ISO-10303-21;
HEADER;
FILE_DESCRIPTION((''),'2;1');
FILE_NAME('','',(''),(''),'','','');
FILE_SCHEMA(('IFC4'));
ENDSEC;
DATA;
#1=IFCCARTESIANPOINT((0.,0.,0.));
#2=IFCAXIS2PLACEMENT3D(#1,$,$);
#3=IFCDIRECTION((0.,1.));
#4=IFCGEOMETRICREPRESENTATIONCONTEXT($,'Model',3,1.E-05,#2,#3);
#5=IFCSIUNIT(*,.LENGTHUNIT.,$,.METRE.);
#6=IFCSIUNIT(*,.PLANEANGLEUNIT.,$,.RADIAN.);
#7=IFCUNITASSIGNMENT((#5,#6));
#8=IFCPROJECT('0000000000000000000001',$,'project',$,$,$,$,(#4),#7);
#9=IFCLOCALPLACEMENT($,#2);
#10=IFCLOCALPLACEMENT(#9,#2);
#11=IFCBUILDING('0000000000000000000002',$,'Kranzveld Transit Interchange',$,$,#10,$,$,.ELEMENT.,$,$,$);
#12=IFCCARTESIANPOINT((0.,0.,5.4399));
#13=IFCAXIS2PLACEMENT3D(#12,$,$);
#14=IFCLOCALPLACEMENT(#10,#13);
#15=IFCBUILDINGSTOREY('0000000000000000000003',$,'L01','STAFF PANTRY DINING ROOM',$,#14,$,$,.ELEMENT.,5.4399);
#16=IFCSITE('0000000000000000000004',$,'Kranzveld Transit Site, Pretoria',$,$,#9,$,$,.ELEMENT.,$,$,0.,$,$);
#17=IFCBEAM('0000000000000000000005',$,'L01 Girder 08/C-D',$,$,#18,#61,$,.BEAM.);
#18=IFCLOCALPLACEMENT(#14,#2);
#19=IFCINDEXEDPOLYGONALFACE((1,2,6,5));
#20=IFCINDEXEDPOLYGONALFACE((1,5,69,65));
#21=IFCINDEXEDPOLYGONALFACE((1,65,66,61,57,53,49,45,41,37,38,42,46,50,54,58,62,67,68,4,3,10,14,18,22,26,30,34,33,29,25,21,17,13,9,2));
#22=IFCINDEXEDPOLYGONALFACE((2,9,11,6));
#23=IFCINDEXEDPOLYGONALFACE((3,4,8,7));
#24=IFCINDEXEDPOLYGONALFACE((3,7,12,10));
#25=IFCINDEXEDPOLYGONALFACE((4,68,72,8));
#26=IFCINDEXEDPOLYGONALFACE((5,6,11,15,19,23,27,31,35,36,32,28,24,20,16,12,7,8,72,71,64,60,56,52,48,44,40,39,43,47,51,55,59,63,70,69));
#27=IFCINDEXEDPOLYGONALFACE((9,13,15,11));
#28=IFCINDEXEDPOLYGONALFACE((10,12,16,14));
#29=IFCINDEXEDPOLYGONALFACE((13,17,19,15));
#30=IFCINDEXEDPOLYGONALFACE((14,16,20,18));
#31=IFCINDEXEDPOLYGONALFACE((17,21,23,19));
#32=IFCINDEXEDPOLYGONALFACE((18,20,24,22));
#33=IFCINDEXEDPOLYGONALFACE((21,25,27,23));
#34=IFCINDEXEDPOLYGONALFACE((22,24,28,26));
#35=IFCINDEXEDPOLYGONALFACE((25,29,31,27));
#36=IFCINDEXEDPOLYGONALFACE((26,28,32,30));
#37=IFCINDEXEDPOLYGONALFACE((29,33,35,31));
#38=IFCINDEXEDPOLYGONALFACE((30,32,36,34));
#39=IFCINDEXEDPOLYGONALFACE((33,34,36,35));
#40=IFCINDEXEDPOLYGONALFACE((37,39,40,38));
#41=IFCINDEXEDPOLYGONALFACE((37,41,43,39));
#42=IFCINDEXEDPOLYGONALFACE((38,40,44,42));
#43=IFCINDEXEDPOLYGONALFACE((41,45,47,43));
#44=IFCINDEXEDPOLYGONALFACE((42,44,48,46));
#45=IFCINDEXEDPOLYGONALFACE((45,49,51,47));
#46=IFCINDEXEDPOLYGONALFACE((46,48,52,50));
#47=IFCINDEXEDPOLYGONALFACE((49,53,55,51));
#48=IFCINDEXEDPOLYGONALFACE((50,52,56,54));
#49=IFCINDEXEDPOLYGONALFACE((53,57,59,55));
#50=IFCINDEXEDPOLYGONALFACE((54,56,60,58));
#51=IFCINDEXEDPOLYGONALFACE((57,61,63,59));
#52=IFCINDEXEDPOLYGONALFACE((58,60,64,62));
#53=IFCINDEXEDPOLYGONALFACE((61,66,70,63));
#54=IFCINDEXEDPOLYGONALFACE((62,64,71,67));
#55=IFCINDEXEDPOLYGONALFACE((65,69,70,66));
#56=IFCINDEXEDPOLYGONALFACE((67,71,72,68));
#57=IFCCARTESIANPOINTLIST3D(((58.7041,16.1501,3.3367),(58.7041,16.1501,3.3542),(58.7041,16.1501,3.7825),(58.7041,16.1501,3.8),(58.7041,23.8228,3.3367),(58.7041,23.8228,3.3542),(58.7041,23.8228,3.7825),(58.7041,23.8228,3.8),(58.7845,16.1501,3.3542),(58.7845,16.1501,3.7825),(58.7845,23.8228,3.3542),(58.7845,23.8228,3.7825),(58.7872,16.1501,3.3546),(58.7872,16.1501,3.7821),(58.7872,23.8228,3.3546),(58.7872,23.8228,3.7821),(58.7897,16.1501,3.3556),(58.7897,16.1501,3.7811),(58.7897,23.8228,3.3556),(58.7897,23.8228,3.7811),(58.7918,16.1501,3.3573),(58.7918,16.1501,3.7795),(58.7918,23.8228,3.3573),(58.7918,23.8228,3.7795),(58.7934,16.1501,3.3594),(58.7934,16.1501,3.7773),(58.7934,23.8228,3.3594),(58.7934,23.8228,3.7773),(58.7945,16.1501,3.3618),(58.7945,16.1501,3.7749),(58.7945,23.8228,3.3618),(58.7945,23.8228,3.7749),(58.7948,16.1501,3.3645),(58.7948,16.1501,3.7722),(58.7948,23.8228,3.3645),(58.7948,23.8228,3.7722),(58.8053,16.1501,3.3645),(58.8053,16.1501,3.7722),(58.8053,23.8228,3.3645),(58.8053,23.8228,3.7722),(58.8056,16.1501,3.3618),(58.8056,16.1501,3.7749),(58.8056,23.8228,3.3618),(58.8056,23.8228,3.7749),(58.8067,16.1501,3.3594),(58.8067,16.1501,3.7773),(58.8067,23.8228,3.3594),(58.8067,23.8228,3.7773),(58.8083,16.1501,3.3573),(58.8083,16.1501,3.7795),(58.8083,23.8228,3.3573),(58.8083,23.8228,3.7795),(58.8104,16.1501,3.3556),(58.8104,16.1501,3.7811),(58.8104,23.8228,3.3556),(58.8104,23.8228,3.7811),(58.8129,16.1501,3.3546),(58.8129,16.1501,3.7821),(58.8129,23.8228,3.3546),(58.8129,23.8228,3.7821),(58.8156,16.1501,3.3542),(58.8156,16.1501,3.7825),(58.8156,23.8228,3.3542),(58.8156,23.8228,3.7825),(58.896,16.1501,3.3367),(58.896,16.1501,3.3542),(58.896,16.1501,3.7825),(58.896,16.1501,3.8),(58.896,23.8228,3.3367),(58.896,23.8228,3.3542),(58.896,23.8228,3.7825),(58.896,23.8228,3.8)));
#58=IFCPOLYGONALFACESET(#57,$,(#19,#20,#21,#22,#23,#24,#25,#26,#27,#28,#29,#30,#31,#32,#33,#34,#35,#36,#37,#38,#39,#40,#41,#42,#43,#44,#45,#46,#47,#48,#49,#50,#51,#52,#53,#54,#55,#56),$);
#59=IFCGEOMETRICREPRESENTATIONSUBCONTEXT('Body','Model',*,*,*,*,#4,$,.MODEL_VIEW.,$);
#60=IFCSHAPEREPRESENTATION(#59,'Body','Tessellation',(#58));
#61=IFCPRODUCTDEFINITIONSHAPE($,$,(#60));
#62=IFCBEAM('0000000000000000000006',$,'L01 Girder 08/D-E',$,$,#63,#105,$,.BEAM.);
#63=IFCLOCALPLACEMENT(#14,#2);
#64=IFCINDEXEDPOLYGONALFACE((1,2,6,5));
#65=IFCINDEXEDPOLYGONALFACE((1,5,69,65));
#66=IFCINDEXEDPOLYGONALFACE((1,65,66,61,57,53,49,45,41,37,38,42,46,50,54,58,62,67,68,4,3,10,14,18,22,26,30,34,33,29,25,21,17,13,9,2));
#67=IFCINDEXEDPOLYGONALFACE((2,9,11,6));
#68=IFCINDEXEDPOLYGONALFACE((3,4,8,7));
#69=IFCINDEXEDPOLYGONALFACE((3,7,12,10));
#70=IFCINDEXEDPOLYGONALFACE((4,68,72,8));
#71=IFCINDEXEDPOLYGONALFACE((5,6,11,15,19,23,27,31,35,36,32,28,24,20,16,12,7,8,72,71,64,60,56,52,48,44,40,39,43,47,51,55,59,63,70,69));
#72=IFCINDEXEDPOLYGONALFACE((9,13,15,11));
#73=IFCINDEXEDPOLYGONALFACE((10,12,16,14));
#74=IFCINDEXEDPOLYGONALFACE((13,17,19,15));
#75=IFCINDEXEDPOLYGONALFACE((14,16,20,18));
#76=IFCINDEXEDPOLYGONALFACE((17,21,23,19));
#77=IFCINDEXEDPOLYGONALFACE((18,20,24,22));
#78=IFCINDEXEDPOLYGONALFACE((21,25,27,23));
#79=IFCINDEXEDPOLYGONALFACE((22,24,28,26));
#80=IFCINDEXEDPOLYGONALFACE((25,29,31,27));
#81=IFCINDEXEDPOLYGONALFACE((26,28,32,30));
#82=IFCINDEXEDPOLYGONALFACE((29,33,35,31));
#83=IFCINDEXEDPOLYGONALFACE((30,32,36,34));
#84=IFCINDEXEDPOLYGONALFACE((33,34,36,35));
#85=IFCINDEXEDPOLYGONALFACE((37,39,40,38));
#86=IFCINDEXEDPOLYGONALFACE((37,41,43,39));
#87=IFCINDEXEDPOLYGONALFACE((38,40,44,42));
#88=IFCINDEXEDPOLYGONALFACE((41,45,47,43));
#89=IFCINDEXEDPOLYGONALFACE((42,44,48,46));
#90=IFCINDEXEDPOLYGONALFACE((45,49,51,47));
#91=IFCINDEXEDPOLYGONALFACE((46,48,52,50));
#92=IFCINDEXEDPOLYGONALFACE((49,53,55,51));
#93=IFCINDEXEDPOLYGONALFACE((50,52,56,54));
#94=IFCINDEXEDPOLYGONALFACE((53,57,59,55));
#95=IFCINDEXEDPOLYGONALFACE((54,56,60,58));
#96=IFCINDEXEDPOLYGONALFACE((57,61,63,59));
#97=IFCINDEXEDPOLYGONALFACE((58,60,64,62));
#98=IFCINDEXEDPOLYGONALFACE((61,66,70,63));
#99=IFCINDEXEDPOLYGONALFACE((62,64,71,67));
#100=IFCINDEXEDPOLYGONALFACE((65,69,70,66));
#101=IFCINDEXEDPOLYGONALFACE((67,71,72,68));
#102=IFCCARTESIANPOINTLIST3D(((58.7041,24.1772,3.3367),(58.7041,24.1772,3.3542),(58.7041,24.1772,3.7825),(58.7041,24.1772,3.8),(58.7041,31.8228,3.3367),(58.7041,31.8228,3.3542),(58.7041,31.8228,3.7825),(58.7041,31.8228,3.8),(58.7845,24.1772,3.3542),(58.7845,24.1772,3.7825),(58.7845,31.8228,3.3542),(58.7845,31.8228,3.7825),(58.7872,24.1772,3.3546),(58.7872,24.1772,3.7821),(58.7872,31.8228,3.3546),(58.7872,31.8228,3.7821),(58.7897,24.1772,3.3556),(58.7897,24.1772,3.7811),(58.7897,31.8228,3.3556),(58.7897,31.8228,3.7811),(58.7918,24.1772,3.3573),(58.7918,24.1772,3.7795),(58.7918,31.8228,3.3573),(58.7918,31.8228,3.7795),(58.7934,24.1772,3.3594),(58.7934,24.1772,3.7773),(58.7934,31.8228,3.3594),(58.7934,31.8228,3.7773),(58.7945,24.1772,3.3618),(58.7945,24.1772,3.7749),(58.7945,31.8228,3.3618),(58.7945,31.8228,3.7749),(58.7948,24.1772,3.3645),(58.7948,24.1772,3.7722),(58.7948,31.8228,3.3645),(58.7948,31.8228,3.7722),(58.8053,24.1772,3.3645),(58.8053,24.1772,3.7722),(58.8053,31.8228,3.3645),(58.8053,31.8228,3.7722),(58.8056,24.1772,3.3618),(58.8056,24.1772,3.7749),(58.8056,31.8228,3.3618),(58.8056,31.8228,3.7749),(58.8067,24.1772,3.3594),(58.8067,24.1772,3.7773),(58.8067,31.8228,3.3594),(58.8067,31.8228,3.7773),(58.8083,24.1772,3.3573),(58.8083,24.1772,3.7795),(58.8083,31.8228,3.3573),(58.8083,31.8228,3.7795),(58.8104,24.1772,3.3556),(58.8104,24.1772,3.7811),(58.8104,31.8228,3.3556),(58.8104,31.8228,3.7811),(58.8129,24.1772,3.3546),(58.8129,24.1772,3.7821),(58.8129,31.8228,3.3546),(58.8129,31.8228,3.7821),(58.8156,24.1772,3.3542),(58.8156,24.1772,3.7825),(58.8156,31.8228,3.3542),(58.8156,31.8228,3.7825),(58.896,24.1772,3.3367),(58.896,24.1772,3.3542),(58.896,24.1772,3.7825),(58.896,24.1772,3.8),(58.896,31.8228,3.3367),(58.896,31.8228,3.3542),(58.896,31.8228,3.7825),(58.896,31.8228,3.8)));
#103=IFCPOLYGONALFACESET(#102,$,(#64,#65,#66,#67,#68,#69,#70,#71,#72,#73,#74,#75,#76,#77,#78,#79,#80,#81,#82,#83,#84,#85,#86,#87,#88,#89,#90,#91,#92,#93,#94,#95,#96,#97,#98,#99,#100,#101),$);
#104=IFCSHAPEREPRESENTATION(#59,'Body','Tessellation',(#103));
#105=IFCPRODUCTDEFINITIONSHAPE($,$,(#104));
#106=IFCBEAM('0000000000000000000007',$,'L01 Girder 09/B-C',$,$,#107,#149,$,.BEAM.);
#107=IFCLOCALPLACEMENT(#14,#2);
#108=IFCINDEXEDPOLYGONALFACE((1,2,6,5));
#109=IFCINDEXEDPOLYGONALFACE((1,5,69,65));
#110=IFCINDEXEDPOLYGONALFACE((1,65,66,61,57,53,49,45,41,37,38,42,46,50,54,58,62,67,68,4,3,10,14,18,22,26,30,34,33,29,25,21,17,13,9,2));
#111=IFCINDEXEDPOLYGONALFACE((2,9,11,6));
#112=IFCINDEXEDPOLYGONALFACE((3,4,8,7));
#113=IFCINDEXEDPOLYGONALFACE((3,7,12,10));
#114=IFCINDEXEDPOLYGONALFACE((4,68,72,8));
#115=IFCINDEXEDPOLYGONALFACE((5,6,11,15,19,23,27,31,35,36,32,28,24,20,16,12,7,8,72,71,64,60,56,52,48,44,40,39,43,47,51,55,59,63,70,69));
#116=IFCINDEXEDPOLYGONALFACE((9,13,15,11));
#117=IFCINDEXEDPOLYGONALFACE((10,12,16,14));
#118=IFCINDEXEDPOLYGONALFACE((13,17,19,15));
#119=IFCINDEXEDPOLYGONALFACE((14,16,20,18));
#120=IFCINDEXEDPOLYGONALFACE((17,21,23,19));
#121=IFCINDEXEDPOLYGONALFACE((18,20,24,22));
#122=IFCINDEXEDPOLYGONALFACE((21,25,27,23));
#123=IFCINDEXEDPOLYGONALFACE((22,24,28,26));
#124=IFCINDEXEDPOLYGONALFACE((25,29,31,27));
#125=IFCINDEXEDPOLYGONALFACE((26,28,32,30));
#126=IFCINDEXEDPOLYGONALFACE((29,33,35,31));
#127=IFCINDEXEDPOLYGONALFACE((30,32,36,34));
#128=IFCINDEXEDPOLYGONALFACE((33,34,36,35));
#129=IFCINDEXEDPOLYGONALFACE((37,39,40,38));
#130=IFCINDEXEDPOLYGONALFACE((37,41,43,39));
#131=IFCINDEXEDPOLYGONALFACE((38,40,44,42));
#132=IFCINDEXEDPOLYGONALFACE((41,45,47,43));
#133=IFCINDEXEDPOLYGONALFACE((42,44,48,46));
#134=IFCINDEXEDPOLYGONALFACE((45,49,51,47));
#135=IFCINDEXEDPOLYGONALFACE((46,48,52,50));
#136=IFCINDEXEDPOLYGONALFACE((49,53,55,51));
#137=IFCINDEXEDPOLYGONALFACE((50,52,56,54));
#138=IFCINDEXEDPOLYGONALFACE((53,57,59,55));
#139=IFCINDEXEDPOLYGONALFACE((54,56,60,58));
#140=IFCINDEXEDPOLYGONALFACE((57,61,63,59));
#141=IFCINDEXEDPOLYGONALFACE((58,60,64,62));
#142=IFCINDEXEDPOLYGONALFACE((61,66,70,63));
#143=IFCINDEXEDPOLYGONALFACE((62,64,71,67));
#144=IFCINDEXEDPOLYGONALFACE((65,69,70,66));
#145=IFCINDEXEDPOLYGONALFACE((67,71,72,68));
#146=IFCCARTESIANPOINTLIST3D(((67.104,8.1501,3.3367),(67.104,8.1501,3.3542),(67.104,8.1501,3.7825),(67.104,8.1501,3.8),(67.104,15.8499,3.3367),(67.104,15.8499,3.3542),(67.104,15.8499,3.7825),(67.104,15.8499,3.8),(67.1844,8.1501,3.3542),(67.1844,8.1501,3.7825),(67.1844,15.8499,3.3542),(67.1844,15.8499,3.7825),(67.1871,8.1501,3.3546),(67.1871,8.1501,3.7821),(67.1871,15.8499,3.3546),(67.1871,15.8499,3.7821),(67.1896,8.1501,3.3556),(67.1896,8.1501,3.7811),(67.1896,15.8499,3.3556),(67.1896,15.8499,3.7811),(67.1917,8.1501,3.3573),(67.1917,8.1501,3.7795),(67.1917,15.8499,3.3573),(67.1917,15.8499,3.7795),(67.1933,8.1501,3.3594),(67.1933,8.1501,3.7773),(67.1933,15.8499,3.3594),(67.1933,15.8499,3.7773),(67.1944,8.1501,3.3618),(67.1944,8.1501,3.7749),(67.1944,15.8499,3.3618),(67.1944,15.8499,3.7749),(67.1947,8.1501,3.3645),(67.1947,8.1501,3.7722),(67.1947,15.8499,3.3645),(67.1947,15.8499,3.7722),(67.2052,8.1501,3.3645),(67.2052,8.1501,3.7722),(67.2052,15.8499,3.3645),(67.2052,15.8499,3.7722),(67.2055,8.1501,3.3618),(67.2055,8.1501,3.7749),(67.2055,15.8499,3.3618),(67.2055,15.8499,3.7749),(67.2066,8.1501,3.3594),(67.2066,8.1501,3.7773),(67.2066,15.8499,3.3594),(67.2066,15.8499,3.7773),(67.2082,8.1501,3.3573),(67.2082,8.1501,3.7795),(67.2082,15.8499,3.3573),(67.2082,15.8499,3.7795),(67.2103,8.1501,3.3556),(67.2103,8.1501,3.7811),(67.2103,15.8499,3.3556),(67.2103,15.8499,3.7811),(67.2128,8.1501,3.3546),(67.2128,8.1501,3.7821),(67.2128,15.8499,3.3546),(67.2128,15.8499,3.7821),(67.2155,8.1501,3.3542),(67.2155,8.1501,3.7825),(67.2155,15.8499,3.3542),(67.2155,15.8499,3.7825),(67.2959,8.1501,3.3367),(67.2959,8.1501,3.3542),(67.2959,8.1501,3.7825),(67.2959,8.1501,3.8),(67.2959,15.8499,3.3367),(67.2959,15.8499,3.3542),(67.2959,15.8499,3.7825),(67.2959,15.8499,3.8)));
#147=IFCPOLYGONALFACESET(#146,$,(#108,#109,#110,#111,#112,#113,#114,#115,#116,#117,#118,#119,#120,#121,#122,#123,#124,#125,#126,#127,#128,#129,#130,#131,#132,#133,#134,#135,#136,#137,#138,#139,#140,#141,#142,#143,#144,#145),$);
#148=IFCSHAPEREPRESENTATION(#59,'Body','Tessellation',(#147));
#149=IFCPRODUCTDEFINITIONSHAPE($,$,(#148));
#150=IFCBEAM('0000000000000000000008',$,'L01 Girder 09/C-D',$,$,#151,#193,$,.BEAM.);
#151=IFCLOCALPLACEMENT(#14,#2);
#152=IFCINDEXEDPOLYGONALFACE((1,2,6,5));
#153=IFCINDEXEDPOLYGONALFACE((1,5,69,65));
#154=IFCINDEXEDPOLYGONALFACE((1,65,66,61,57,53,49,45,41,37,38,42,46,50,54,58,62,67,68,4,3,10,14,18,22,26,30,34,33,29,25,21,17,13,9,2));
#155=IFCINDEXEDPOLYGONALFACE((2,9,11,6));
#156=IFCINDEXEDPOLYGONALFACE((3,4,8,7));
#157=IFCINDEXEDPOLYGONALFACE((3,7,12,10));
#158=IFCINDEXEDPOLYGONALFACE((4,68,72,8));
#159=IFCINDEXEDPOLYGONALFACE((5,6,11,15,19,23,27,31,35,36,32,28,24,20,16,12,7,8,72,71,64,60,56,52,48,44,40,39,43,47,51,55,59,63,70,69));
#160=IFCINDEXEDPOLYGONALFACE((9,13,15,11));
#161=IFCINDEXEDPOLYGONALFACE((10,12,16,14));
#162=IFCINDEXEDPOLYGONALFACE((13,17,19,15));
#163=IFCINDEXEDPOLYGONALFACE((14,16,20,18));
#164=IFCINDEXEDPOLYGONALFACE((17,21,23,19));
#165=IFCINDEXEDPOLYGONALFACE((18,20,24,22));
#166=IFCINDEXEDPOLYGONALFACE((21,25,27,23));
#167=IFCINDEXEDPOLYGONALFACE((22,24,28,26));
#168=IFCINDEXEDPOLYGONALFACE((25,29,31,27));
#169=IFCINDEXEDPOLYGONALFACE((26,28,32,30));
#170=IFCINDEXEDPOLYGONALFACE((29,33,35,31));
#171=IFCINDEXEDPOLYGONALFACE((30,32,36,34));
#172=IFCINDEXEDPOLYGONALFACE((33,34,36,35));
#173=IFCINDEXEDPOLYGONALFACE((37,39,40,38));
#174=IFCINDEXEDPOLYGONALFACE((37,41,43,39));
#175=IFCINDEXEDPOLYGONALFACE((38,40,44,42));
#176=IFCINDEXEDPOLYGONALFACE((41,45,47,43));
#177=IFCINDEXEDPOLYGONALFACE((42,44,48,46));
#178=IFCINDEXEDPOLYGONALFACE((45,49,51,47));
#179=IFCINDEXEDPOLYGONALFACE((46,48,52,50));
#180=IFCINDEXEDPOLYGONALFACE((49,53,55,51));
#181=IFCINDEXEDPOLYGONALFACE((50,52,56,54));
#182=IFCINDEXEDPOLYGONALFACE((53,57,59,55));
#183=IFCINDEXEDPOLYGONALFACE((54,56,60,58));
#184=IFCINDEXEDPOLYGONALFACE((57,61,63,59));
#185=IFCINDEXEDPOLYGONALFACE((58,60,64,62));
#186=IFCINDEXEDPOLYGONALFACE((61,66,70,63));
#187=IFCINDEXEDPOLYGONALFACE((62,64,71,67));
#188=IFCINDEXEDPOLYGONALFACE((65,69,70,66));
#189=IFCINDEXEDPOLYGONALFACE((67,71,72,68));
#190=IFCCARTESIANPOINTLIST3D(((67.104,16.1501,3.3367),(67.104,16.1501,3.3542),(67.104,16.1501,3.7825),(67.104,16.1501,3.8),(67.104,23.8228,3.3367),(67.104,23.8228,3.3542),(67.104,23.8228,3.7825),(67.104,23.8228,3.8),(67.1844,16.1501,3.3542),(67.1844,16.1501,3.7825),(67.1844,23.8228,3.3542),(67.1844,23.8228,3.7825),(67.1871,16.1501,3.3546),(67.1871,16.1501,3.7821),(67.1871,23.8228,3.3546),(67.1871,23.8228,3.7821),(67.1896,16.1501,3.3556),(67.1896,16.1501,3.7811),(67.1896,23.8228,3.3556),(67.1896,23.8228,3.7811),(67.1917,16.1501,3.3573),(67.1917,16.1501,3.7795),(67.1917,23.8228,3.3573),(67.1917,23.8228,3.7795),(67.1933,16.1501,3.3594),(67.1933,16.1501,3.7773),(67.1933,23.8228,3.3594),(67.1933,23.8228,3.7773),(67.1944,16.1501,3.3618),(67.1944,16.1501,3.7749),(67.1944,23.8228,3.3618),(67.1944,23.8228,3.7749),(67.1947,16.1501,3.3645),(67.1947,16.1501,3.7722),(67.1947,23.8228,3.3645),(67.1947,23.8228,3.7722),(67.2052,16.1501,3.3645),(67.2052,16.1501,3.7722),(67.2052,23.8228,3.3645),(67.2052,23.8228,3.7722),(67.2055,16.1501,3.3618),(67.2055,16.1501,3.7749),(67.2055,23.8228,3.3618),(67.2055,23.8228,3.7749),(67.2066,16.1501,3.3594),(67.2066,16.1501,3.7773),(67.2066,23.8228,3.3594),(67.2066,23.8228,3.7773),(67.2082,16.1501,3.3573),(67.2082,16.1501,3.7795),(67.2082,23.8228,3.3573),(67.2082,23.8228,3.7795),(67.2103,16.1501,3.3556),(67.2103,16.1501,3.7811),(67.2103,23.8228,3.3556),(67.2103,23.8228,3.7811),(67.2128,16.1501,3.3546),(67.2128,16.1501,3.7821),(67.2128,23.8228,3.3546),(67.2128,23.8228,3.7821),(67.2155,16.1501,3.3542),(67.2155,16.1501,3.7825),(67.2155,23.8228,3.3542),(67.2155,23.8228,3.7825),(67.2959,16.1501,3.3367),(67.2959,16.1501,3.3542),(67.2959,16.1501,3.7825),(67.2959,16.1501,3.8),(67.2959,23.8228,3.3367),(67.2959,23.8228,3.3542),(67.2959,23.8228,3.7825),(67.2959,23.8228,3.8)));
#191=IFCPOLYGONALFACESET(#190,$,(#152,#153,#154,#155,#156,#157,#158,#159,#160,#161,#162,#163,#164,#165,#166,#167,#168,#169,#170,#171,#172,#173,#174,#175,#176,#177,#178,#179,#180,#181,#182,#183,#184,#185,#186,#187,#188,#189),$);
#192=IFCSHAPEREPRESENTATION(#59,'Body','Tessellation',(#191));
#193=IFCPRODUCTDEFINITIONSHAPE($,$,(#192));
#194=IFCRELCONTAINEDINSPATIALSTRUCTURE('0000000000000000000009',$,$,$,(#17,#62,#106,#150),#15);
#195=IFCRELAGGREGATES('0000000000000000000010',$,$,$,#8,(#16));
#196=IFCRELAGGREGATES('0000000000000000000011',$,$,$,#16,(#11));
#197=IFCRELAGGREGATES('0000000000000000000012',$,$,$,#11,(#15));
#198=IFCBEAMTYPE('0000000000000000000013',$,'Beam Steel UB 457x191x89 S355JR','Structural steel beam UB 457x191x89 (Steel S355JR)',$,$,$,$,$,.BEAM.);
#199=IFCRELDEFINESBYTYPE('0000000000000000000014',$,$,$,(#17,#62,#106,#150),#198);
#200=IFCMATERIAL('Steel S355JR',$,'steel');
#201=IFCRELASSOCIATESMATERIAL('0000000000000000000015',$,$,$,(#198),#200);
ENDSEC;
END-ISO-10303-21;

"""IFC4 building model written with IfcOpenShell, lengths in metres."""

from ifc_helpers import new_model, si_unit, direction, frame, origin, origin_2d, place, context, subcontext, project, spatial, i_section, extrude, material, material_profile, profile_set, type_object, element, save


model = new_model("IFC4")

# Units and contexts
model_context = context("Model", 3, precision=1e-05, world=origin(), true_north=direction((0.0, 1.0)))
body_context = subcontext(model_context, "Body", "Model", "MODEL_VIEW")
ifc_project = project(units=[si_unit("LENGTHUNIT", "METRE"), si_unit("PLANEANGLEUNIT", "RADIAN")], contexts=[model_context])

# Site, building, storey
site_placement = place(None, origin())
site = spatial("IfcSite", under=ifc_project, at=site_placement, Name="Kranzveld Transit Site, Pretoria", CompositionType="ELEMENT", RefElevation=0.0)
building_placement = place(site_placement, origin())
building = spatial("IfcBuilding", under=site, at=building_placement, Name="Kranzveld Transit Interchange", CompositionType="ELEMENT")
storey_placement = place(building_placement, frame((0.0, 0.0, 5.4399)))
storey = spatial("IfcBuildingStorey", under=building, at=storey_placement, Name="L01", Description="STAFF PANTRY DINING ROOM", CompositionType="ELEMENT", Elevation=5.4399)

# Beams
ifc_material_1 = material(Name="Steel S355JR", Category="steel")
ifc_material_profile_1 = material_profile(ifc_material_1, i_section(OverallWidth=0.1919, OverallDepth=0.4634, WebThickness=0.0105, FlangeThickness=0.0176, FilletRadius=0.0103, at=origin_2d()), Name="UB 457x191x89")
ifc_profile_set_1 = profile_set([ifc_material_profile_1], Name="Steel S355JR")
beam_type_1 = type_object("IfcBeamType", Name="Beam Steel UB 457x191x89 S355JR", Description="Structural steel beam UB 457x191x89 (Steel S355JR)", PredefinedType="BEAM", material=ifc_profile_set_1)
beam_1_placement = place(storey_placement, frame((58.8, 16.1501, 3.5684), z_axis=(0.0, 1.0, 0.0), x_axis=(-1.0, 0.0, 0.0)))
element("IfcBeam", 1, at=beam_1_placement, inside=storey, type_object=beam_type_1, Name="L01 Girder 08/C-D", PredefinedType="BEAM", context=body_context, shape_type="SweptSolid", body=[
    extrude(i_section(OverallWidth=0.1919, OverallDepth=0.4634, WebThickness=0.0105, FlangeThickness=0.0176, FilletRadius=0.0103, at=origin_2d()), origin(), (0.0, 0.0, 1.0), 7.6726),
])
beam_2_placement = place(storey_placement, frame((58.8, 24.1772, 3.5684), z_axis=(0.0, 1.0, 0.0), x_axis=(-1.0, 0.0, 0.0)))
element("IfcBeam", 2, at=beam_2_placement, inside=storey, type_object=beam_type_1, Name="L01 Girder 08/D-E", PredefinedType="BEAM", context=body_context, shape_type="SweptSolid", body=[
    extrude(i_section(OverallWidth=0.1919, OverallDepth=0.4634, WebThickness=0.0105, FlangeThickness=0.0176, FilletRadius=0.0103, at=origin_2d()), origin(), (0.0, 0.0, 1.0), 7.6455),
])
beam_3_placement = place(storey_placement, frame((67.2, 8.1501, 3.5684), z_axis=(0.0, 1.0, 0.0), x_axis=(-1.0, 0.0, 0.0)))
element("IfcBeam", 3, at=beam_3_placement, inside=storey, type_object=beam_type_1, Name="L01 Girder 09/B-C", PredefinedType="BEAM", context=body_context, shape_type="SweptSolid", body=[
    extrude(i_section(OverallWidth=0.1919, OverallDepth=0.4634, WebThickness=0.0105, FlangeThickness=0.0176, FilletRadius=0.0103, at=origin_2d()), origin(), (0.0, 0.0, 1.0), 7.6997),
])
beam_4_placement = place(storey_placement, frame((67.2, 16.1501, 3.5684), z_axis=(0.0, 1.0, 0.0), x_axis=(-1.0, 0.0, 0.0)))
element("IfcBeam", 4, at=beam_4_placement, inside=storey, type_object=beam_type_1, Name="L01 Girder 09/C-D", PredefinedType="BEAM", context=body_context, shape_type="SweptSolid", body=[
    extrude(i_section(OverallWidth=0.1919, OverallDepth=0.4634, WebThickness=0.0105, FlangeThickness=0.0176, FilletRadius=0.0103, at=origin_2d()), origin(), (0.0, 0.0, 1.0), 7.6726),
])

save(model, "model.ifc")
